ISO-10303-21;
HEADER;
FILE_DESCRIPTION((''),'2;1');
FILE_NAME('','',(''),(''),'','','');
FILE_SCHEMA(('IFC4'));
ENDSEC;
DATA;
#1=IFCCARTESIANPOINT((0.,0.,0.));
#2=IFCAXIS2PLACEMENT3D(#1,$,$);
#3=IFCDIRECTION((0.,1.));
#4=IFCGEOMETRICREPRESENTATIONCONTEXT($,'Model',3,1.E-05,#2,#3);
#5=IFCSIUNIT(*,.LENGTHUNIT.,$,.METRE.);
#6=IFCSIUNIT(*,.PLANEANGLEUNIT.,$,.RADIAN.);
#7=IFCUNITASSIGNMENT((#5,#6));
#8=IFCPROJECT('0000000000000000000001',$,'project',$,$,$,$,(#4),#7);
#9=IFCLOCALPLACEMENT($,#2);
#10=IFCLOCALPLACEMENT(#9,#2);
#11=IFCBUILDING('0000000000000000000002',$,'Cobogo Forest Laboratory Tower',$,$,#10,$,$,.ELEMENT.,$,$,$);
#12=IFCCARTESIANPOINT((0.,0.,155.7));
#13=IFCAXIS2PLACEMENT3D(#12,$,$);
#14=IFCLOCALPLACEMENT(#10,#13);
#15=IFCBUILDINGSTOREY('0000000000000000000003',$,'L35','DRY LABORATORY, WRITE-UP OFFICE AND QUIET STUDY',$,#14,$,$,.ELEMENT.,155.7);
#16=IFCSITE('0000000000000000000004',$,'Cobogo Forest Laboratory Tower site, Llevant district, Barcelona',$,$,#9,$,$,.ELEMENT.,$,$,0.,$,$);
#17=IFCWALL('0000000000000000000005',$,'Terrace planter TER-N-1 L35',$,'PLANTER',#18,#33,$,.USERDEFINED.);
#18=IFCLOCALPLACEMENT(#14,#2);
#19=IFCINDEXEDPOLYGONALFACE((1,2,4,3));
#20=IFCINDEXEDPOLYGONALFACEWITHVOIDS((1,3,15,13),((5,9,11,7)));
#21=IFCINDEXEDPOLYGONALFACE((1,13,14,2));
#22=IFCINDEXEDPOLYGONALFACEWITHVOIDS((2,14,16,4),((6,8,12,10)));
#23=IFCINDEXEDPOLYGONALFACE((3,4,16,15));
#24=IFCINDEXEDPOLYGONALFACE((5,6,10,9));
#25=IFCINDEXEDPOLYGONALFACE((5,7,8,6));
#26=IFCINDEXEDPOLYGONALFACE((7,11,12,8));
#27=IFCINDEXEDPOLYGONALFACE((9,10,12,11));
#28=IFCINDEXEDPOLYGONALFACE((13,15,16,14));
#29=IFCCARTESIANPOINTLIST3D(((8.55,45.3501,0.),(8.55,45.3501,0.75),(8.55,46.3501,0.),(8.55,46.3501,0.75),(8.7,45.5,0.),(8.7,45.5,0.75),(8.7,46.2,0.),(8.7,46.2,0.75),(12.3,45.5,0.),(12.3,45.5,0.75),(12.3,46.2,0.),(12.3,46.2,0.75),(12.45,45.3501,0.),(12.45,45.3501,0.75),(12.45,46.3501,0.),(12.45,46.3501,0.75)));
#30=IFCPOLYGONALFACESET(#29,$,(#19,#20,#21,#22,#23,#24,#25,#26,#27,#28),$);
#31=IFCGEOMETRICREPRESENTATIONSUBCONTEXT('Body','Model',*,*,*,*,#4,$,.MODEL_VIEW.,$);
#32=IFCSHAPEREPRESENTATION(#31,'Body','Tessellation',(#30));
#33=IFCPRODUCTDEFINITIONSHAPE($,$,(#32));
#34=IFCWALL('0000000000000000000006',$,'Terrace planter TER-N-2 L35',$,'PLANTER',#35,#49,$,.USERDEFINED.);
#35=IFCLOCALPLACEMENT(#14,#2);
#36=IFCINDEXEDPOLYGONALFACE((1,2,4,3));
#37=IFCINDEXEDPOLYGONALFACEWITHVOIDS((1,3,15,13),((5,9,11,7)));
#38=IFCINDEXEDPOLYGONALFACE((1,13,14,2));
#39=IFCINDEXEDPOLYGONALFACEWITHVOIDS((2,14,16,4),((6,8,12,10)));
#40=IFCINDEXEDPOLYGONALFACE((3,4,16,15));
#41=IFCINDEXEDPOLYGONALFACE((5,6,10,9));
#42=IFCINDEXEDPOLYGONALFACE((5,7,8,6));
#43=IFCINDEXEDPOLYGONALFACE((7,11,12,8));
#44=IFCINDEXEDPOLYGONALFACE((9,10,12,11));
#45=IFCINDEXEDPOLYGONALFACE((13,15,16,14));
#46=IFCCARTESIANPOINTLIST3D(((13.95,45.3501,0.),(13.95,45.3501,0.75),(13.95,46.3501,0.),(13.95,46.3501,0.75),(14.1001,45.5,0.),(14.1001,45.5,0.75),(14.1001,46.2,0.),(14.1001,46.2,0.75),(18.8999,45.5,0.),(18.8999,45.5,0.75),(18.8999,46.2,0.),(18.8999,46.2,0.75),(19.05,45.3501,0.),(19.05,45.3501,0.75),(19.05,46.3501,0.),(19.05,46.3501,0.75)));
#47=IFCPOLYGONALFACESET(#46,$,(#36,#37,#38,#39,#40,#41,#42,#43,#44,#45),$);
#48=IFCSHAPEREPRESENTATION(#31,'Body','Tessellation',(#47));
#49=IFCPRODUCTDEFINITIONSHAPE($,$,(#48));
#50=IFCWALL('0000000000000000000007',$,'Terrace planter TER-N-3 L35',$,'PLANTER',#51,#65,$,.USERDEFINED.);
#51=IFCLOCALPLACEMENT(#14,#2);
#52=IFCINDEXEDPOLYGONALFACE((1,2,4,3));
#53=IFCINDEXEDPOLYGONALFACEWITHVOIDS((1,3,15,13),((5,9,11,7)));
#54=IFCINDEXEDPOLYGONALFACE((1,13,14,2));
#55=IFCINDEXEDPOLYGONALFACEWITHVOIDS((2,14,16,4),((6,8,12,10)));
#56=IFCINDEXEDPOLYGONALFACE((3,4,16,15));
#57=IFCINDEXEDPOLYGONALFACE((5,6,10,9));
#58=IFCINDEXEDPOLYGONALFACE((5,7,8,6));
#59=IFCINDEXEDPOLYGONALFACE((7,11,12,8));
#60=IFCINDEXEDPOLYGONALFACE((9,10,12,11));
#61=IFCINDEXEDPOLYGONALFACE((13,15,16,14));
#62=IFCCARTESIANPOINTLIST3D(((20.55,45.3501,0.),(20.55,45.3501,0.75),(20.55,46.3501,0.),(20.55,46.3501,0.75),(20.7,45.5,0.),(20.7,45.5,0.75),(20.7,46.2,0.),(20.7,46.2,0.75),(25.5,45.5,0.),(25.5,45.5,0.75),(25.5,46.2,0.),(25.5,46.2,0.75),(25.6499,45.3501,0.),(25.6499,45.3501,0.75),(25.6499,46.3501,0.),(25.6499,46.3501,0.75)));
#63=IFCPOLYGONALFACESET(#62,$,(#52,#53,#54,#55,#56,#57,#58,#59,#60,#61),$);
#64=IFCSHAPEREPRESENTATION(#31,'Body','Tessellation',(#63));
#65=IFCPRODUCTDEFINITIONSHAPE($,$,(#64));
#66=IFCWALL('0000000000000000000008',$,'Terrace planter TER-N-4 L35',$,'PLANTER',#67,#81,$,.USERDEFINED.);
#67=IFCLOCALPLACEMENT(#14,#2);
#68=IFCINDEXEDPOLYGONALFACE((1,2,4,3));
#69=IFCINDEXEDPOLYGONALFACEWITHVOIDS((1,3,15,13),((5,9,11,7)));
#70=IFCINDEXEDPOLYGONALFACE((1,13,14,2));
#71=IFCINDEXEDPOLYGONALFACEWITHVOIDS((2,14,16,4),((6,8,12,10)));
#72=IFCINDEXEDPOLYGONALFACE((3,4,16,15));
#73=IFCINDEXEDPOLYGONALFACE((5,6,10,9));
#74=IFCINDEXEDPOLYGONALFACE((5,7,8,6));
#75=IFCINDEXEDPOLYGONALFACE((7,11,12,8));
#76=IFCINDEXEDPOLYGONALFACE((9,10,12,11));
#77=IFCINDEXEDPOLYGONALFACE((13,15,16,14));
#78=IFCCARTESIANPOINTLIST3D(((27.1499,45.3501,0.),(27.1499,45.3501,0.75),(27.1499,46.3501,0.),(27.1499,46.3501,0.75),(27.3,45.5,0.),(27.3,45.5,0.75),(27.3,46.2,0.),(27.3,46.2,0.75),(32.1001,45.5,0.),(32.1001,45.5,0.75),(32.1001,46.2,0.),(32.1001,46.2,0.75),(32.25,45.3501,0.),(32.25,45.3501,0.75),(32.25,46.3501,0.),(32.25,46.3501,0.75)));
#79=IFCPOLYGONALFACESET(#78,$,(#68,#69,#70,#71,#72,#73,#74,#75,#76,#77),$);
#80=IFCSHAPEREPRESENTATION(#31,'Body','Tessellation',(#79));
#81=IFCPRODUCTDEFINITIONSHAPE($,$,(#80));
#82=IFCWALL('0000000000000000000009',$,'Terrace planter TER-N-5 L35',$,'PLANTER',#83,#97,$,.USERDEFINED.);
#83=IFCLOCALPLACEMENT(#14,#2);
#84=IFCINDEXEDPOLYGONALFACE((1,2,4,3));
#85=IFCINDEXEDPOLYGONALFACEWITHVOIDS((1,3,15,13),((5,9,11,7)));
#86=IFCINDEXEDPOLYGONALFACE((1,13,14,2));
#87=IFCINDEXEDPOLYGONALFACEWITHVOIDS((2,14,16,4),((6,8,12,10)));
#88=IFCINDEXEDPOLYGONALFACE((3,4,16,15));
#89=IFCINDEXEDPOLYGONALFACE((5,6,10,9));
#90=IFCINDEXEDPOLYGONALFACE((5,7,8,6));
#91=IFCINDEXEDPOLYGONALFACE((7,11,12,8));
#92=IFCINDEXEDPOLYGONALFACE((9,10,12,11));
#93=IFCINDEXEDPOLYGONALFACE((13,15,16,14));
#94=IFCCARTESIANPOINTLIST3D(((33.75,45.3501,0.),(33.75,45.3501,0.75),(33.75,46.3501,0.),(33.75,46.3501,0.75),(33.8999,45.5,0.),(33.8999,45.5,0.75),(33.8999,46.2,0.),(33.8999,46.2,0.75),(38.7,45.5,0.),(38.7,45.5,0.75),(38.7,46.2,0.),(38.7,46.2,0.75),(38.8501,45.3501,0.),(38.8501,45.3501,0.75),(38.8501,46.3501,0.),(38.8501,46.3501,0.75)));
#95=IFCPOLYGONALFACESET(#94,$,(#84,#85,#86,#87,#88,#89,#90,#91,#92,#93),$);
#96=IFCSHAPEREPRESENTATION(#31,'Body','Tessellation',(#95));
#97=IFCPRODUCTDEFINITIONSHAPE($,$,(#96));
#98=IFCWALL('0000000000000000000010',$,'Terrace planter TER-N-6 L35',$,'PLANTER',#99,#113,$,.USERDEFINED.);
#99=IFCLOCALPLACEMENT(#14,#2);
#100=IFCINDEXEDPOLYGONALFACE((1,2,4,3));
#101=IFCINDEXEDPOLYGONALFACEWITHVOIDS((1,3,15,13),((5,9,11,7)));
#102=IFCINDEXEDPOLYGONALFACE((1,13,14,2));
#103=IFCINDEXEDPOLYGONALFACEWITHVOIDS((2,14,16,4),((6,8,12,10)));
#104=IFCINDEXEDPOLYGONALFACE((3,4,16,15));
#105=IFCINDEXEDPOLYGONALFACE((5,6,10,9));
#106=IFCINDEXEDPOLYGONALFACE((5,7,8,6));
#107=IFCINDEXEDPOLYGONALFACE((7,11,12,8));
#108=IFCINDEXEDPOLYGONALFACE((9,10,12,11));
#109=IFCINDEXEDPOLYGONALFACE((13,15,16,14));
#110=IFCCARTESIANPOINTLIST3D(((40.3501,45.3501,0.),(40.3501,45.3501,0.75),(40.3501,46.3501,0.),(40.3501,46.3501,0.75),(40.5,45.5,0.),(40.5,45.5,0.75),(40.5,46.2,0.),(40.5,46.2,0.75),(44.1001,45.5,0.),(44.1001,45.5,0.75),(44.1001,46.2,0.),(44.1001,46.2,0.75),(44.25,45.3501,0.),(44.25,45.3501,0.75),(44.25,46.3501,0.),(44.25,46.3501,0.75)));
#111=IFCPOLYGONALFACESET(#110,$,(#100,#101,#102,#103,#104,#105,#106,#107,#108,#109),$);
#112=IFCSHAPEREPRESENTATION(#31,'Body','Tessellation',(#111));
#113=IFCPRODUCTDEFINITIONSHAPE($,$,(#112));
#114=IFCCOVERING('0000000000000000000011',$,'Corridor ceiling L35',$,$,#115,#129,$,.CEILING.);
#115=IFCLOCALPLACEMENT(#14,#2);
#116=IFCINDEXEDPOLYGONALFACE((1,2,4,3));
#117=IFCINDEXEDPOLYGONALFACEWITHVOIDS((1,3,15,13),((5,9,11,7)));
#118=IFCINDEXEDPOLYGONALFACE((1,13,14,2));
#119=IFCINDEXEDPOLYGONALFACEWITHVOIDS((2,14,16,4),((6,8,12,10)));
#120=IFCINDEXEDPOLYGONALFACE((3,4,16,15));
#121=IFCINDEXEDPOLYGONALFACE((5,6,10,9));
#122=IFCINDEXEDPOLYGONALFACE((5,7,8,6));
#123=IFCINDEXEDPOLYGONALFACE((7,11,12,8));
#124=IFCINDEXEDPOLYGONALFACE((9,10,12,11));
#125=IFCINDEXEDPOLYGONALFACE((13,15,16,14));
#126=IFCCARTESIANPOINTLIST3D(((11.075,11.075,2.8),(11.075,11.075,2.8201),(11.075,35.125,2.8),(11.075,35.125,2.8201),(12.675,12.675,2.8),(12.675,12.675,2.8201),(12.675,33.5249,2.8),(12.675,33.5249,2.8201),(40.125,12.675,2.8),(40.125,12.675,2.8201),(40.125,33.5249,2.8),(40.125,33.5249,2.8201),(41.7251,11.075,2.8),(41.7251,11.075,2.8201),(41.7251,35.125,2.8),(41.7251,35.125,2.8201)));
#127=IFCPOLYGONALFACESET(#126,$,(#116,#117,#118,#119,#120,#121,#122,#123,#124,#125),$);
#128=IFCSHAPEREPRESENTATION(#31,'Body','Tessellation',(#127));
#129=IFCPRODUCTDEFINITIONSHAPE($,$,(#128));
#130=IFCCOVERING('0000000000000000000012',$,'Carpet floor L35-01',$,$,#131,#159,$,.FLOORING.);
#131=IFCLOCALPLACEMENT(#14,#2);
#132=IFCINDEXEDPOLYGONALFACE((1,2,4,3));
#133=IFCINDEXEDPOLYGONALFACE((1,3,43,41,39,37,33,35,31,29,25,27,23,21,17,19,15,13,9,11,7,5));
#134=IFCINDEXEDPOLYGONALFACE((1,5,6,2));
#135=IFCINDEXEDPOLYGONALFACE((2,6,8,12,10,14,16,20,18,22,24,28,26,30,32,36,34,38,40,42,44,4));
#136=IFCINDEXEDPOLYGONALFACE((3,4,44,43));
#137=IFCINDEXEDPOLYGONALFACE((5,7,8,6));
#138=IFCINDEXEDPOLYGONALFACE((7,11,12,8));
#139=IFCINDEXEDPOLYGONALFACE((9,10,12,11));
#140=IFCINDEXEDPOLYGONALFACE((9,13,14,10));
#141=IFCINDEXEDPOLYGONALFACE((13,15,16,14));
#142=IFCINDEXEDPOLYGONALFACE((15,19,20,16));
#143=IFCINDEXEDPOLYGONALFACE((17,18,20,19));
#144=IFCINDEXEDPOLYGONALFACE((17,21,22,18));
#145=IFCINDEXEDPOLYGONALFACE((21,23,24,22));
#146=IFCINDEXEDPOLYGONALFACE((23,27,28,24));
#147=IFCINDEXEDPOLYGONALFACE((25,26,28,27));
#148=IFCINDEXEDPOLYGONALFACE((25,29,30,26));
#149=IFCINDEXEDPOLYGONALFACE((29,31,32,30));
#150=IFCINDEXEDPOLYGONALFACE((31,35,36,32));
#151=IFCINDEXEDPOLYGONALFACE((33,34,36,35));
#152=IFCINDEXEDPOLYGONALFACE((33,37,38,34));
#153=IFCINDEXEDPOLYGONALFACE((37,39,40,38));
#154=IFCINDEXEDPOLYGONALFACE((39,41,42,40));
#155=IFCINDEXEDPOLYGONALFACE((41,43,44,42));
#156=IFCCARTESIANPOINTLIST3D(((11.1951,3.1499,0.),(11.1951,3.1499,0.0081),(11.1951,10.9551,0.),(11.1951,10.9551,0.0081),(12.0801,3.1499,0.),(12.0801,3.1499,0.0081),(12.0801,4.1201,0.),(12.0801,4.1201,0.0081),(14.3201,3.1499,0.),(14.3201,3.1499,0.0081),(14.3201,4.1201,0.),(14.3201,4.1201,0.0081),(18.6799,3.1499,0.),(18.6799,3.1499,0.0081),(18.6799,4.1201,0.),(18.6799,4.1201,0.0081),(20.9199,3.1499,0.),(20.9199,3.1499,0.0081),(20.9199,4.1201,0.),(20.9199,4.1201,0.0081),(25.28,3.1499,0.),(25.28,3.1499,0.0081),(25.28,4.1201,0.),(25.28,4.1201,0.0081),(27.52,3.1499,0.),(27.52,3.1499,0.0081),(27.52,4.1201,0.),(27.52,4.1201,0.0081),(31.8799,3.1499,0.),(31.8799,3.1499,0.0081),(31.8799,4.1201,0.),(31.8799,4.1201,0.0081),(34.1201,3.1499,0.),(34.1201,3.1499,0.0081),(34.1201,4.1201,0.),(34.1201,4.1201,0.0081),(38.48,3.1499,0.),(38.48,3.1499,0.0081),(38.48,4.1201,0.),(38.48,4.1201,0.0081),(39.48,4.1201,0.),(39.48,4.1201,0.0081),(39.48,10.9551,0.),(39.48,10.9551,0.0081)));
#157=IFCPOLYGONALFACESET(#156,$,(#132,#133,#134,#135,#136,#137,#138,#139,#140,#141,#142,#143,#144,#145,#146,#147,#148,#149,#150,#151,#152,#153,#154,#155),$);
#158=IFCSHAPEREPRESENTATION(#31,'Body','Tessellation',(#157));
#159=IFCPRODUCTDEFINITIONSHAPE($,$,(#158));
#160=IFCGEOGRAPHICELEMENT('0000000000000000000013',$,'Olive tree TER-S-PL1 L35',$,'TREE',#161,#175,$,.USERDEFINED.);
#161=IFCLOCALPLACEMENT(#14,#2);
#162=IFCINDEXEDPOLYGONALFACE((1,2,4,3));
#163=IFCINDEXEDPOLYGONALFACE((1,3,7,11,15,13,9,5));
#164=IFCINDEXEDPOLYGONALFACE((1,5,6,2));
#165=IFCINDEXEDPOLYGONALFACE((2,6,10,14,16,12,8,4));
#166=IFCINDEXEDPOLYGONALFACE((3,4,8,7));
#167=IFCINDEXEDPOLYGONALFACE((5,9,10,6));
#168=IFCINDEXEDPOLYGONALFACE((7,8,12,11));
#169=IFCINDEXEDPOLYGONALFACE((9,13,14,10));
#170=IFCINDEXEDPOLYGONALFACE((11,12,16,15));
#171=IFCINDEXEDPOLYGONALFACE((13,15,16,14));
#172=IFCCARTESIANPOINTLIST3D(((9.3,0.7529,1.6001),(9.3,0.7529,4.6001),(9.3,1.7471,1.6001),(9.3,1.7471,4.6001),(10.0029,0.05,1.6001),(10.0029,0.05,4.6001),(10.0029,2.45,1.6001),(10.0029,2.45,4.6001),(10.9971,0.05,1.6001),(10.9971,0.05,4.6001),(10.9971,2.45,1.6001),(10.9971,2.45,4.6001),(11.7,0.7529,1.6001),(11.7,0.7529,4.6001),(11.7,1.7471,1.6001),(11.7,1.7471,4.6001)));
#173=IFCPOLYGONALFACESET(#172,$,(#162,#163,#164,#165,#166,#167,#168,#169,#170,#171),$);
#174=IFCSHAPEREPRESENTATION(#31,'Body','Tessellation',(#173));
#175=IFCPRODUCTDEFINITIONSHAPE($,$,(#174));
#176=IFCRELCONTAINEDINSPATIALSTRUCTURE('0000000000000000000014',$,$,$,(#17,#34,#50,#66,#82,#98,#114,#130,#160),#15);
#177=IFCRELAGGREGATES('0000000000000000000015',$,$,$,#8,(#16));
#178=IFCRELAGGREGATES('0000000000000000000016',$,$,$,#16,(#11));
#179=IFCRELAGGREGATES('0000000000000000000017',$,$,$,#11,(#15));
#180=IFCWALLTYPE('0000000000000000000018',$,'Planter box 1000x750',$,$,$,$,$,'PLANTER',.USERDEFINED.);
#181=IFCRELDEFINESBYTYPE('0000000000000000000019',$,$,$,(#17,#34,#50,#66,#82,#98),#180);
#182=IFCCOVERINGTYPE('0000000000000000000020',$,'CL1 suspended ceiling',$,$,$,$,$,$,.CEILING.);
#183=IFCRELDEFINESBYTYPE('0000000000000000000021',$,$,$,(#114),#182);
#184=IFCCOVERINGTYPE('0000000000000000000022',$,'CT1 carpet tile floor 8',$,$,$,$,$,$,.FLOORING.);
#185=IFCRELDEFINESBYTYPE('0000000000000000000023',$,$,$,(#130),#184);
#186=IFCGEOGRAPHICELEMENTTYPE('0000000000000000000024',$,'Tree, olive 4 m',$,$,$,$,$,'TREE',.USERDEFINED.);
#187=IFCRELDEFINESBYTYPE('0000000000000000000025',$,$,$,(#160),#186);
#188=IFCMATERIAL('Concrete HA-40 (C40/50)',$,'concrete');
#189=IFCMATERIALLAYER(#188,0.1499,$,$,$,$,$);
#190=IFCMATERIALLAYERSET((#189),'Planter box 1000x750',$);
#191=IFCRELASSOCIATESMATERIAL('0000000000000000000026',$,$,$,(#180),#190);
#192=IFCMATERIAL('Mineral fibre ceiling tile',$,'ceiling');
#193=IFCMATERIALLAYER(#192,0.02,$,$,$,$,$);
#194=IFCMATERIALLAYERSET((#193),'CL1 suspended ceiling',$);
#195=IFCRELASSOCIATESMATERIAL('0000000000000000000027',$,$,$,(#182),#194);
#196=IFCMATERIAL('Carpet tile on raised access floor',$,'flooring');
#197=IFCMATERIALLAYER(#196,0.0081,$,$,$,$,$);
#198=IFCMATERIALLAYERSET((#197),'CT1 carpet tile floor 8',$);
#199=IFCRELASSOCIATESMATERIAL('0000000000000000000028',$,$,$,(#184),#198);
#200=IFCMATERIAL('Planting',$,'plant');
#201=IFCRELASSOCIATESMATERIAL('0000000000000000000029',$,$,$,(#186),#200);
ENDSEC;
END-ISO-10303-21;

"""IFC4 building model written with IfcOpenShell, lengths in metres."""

from ifc_helpers import new_model, si_unit, direction, frame, origin, place, context, subcontext, project, spatial, polyline, outline, extrude, material, layer, layer_set, type_object, element, save


model = new_model("IFC4")

# Units and contexts
model_context = context("Model", 3, precision=1e-05, world=origin(), true_north=direction((0.0, 1.0)))
body_context = subcontext(model_context, "Body", "Model", "MODEL_VIEW")
ifc_project = project(units=[si_unit("LENGTHUNIT", "METRE"), si_unit("PLANEANGLEUNIT", "RADIAN")], contexts=[model_context])

# Site, building, storey
site_placement = place(None, origin())
site = spatial("IfcSite", under=ifc_project, at=site_placement, Name="Cobogo Forest Laboratory Tower site, Llevant district, Barcelona", CompositionType="ELEMENT", RefElevation=0.0)
building_placement = place(site_placement, origin())
building = spatial("IfcBuilding", under=site, at=building_placement, Name="Cobogo Forest Laboratory Tower", CompositionType="ELEMENT")
storey_placement = place(building_placement, frame((0.0, 0.0, 155.7)))
storey = spatial("IfcBuildingStorey", under=building, at=storey_placement, Name="L35", Description="DRY LABORATORY, WRITE-UP OFFICE AND QUIET STUDY", CompositionType="ELEMENT", Elevation=155.7)

# Shared definitions
ifc_material_1 = material(Name="Concrete HA-40 (C40/50)", Category="concrete")

# Walls
ifc_layer_1 = layer(ifc_material_1, 0.1499)
ifc_layer_set_1 = layer_set([ifc_layer_1], Name="Planter box 1000x750")
wall_type = type_object("IfcWallType", Name="Planter box 1000x750", ElementType="PLANTER", PredefinedType="USERDEFINED", material=ifc_layer_set_1)
wall_1_placement = place(storey_placement, origin())
element("IfcWall", 1, at=wall_1_placement, inside=storey, type_object=wall_type, Name="Terrace planter TER-N-1 L35", ObjectType="PLANTER", PredefinedType="USERDEFINED", context=body_context, shape_type="SweptSolid", body=[
    extrude(outline(polyline([(8.55, 45.3501), (12.45, 45.3501), (12.45, 46.3501), (8.55, 46.3501), (8.55, 45.3501)]), holes=[polyline([(8.7, 45.5), (12.3, 45.5), (12.3, 46.2), (8.7, 46.2), (8.7, 45.5)])]), origin(), (0.0, 0.0, 1.0), 0.75),
])
wall_2_placement = place(storey_placement, origin())
element("IfcWall", 2, at=wall_2_placement, inside=storey, type_object=wall_type, Name="Terrace planter TER-N-2 L35", ObjectType="PLANTER", PredefinedType="USERDEFINED", context=body_context, shape_type="SweptSolid", body=[
    extrude(outline(polyline([(13.95, 45.3501), (19.05, 45.3501), (19.05, 46.3501), (13.95, 46.3501), (13.95, 45.3501)]), holes=[polyline([(14.1001, 45.5), (18.8999, 45.5), (18.8999, 46.2), (14.1001, 46.2), (14.1001, 45.5)])]), origin(), (0.0, 0.0, 1.0), 0.75),
])
wall_3_placement = place(storey_placement, origin())
element("IfcWall", 3, at=wall_3_placement, inside=storey, type_object=wall_type, Name="Terrace planter TER-N-3 L35", ObjectType="PLANTER", PredefinedType="USERDEFINED", context=body_context, shape_type="SweptSolid", body=[
    extrude(outline(polyline([(20.55, 45.3501), (25.6499, 45.3501), (25.6499, 46.3501), (20.55, 46.3501), (20.55, 45.3501)]), holes=[polyline([(20.7, 45.5), (25.5, 45.5), (25.5, 46.2), (20.7, 46.2), (20.7, 45.5)])]), origin(), (0.0, 0.0, 1.0), 0.75),
])
wall_4_placement = place(storey_placement, origin())
element("IfcWall", 4, at=wall_4_placement, inside=storey, type_object=wall_type, Name="Terrace planter TER-N-4 L35", ObjectType="PLANTER", PredefinedType="USERDEFINED", context=body_context, shape_type="SweptSolid", body=[
    extrude(outline(polyline([(27.1499, 45.3501), (32.25, 45.3501), (32.25, 46.3501), (27.1499, 46.3501), (27.1499, 45.3501)]), holes=[polyline([(27.3, 45.5), (32.1001, 45.5), (32.1001, 46.2), (27.3, 46.2), (27.3, 45.5)])]), origin(), (0.0, 0.0, 1.0), 0.75),
])
wall_5_placement = place(storey_placement, origin())
element("IfcWall", 5, at=wall_5_placement, inside=storey, type_object=wall_type, Name="Terrace planter TER-N-5 L35", ObjectType="PLANTER", PredefinedType="USERDEFINED", context=body_context, shape_type="SweptSolid", body=[
    extrude(outline(polyline([(33.75, 45.3501), (38.8501, 45.3501), (38.8501, 46.3501), (33.75, 46.3501), (33.75, 45.3501)]), holes=[polyline([(33.8999, 45.5), (38.7, 45.5), (38.7, 46.2), (33.8999, 46.2), (33.8999, 45.5)])]), origin(), (0.0, 0.0, 1.0), 0.75),
])
wall_6_placement = place(storey_placement, origin())
element("IfcWall", 6, at=wall_6_placement, inside=storey, type_object=wall_type, Name="Terrace planter TER-N-6 L35", ObjectType="PLANTER", PredefinedType="USERDEFINED", context=body_context, shape_type="SweptSolid", body=[
    extrude(outline(polyline([(40.3501, 45.3501), (44.25, 45.3501), (44.25, 46.3501), (40.3501, 46.3501), (40.3501, 45.3501)]), holes=[polyline([(40.5, 45.5), (44.1001, 45.5), (44.1001, 46.2), (40.5, 46.2), (40.5, 45.5)])]), origin(), (0.0, 0.0, 1.0), 0.75),
])

# Coverings
ifc_material_2 = material(Name="Mineral fibre ceiling tile", Category="ceiling")
ifc_layer_2 = layer(ifc_material_2, 0.02)
ifc_layer_set_2 = layer_set([ifc_layer_2], Name="CL1 suspended ceiling")
covering_type_1 = type_object("IfcCoveringType", Name="CL1 suspended ceiling", PredefinedType="CEILING", material=ifc_layer_set_2)
covering_1_placement = place(storey_placement, frame((0.0, 0.0, 2.8)))
element("IfcCovering", 7, at=covering_1_placement, inside=storey, type_object=covering_type_1, Name="Corridor ceiling L35", PredefinedType="CEILING", context=body_context, shape_type="SweptSolid", body=[
    extrude(outline(polyline([(11.075, 11.075), (11.075, 35.125), (41.7251, 35.125), (41.7251, 11.075), (11.075, 11.075)]), holes=[polyline([(40.125, 33.5249), (12.675, 33.5249), (12.675, 12.675), (40.125, 12.675), (40.125, 33.5249)])]), origin(), (0.0, 0.0, 1.0), 0.02),
])
ifc_material_3 = material(Name="Carpet tile on raised access floor", Category="flooring")
ifc_layer_3 = layer(ifc_material_3, 0.0081)
ifc_layer_set_3 = layer_set([ifc_layer_3], Name="CT1 carpet tile floor 8")
covering_type_2 = type_object("IfcCoveringType", Name="CT1 carpet tile floor 8", PredefinedType="FLOORING", material=ifc_layer_set_3)
covering_2_placement = place(storey_placement, origin())
element("IfcCovering", 8, at=covering_2_placement, inside=storey, type_object=covering_type_2, Name="Carpet floor L35-01", PredefinedType="FLOORING", context=body_context, shape_type="SweptSolid", body=[
    extrude(outline(polyline([(39.48, 10.9551), (39.48, 4.1201), (38.48, 4.1201), (38.48, 3.1499), (34.1201, 3.1499), (34.1201, 4.1201), (31.8799, 4.1201), (31.8799, 3.1499), (27.52, 3.1499), (27.52, 4.1201), (25.28, 4.1201), (25.28, 3.1499), (20.9199, 3.1499), (20.9199, 4.1201), (18.6799, 4.1201), (18.6799, 3.1499), (14.3201, 3.1499), (14.3201, 4.1201), (12.0801, 4.1201), (12.0801, 3.1499), (11.1951, 3.1499), (11.1951, 10.9551), (39.48, 10.9551)])), origin(), (0.0, 0.0, 1.0), 0.0081),
])

# Geographic element
ifc_material_4 = material(Name="Planting", Category="plant")
geographic_element_type = type_object("IfcGeographicElementType", Name="Tree, olive 4 m", ElementType="TREE", PredefinedType="USERDEFINED", material=ifc_material_4)
geographic_element_1_placement = place(storey_placement, frame((0.0, 0.0, 1.6001)))
element("IfcGeographicElement", 9, at=geographic_element_1_placement, inside=storey, type_object=geographic_element_type, Name="Olive tree TER-S-PL1 L35", ObjectType="TREE", PredefinedType="USERDEFINED", context=body_context, shape_type="SweptSolid", body=[
    extrude(outline(polyline([(11.7, 0.7529), (11.7, 1.7471), (10.9971, 2.45), (10.0029, 2.45), (9.3, 1.7471), (9.3, 0.7529), (10.0029, 0.05), (10.9971, 0.05), (11.7, 0.7529)])), origin(), (0.0, 0.0, 1.0), 3.0),
])

save(model, "model.ifc")
